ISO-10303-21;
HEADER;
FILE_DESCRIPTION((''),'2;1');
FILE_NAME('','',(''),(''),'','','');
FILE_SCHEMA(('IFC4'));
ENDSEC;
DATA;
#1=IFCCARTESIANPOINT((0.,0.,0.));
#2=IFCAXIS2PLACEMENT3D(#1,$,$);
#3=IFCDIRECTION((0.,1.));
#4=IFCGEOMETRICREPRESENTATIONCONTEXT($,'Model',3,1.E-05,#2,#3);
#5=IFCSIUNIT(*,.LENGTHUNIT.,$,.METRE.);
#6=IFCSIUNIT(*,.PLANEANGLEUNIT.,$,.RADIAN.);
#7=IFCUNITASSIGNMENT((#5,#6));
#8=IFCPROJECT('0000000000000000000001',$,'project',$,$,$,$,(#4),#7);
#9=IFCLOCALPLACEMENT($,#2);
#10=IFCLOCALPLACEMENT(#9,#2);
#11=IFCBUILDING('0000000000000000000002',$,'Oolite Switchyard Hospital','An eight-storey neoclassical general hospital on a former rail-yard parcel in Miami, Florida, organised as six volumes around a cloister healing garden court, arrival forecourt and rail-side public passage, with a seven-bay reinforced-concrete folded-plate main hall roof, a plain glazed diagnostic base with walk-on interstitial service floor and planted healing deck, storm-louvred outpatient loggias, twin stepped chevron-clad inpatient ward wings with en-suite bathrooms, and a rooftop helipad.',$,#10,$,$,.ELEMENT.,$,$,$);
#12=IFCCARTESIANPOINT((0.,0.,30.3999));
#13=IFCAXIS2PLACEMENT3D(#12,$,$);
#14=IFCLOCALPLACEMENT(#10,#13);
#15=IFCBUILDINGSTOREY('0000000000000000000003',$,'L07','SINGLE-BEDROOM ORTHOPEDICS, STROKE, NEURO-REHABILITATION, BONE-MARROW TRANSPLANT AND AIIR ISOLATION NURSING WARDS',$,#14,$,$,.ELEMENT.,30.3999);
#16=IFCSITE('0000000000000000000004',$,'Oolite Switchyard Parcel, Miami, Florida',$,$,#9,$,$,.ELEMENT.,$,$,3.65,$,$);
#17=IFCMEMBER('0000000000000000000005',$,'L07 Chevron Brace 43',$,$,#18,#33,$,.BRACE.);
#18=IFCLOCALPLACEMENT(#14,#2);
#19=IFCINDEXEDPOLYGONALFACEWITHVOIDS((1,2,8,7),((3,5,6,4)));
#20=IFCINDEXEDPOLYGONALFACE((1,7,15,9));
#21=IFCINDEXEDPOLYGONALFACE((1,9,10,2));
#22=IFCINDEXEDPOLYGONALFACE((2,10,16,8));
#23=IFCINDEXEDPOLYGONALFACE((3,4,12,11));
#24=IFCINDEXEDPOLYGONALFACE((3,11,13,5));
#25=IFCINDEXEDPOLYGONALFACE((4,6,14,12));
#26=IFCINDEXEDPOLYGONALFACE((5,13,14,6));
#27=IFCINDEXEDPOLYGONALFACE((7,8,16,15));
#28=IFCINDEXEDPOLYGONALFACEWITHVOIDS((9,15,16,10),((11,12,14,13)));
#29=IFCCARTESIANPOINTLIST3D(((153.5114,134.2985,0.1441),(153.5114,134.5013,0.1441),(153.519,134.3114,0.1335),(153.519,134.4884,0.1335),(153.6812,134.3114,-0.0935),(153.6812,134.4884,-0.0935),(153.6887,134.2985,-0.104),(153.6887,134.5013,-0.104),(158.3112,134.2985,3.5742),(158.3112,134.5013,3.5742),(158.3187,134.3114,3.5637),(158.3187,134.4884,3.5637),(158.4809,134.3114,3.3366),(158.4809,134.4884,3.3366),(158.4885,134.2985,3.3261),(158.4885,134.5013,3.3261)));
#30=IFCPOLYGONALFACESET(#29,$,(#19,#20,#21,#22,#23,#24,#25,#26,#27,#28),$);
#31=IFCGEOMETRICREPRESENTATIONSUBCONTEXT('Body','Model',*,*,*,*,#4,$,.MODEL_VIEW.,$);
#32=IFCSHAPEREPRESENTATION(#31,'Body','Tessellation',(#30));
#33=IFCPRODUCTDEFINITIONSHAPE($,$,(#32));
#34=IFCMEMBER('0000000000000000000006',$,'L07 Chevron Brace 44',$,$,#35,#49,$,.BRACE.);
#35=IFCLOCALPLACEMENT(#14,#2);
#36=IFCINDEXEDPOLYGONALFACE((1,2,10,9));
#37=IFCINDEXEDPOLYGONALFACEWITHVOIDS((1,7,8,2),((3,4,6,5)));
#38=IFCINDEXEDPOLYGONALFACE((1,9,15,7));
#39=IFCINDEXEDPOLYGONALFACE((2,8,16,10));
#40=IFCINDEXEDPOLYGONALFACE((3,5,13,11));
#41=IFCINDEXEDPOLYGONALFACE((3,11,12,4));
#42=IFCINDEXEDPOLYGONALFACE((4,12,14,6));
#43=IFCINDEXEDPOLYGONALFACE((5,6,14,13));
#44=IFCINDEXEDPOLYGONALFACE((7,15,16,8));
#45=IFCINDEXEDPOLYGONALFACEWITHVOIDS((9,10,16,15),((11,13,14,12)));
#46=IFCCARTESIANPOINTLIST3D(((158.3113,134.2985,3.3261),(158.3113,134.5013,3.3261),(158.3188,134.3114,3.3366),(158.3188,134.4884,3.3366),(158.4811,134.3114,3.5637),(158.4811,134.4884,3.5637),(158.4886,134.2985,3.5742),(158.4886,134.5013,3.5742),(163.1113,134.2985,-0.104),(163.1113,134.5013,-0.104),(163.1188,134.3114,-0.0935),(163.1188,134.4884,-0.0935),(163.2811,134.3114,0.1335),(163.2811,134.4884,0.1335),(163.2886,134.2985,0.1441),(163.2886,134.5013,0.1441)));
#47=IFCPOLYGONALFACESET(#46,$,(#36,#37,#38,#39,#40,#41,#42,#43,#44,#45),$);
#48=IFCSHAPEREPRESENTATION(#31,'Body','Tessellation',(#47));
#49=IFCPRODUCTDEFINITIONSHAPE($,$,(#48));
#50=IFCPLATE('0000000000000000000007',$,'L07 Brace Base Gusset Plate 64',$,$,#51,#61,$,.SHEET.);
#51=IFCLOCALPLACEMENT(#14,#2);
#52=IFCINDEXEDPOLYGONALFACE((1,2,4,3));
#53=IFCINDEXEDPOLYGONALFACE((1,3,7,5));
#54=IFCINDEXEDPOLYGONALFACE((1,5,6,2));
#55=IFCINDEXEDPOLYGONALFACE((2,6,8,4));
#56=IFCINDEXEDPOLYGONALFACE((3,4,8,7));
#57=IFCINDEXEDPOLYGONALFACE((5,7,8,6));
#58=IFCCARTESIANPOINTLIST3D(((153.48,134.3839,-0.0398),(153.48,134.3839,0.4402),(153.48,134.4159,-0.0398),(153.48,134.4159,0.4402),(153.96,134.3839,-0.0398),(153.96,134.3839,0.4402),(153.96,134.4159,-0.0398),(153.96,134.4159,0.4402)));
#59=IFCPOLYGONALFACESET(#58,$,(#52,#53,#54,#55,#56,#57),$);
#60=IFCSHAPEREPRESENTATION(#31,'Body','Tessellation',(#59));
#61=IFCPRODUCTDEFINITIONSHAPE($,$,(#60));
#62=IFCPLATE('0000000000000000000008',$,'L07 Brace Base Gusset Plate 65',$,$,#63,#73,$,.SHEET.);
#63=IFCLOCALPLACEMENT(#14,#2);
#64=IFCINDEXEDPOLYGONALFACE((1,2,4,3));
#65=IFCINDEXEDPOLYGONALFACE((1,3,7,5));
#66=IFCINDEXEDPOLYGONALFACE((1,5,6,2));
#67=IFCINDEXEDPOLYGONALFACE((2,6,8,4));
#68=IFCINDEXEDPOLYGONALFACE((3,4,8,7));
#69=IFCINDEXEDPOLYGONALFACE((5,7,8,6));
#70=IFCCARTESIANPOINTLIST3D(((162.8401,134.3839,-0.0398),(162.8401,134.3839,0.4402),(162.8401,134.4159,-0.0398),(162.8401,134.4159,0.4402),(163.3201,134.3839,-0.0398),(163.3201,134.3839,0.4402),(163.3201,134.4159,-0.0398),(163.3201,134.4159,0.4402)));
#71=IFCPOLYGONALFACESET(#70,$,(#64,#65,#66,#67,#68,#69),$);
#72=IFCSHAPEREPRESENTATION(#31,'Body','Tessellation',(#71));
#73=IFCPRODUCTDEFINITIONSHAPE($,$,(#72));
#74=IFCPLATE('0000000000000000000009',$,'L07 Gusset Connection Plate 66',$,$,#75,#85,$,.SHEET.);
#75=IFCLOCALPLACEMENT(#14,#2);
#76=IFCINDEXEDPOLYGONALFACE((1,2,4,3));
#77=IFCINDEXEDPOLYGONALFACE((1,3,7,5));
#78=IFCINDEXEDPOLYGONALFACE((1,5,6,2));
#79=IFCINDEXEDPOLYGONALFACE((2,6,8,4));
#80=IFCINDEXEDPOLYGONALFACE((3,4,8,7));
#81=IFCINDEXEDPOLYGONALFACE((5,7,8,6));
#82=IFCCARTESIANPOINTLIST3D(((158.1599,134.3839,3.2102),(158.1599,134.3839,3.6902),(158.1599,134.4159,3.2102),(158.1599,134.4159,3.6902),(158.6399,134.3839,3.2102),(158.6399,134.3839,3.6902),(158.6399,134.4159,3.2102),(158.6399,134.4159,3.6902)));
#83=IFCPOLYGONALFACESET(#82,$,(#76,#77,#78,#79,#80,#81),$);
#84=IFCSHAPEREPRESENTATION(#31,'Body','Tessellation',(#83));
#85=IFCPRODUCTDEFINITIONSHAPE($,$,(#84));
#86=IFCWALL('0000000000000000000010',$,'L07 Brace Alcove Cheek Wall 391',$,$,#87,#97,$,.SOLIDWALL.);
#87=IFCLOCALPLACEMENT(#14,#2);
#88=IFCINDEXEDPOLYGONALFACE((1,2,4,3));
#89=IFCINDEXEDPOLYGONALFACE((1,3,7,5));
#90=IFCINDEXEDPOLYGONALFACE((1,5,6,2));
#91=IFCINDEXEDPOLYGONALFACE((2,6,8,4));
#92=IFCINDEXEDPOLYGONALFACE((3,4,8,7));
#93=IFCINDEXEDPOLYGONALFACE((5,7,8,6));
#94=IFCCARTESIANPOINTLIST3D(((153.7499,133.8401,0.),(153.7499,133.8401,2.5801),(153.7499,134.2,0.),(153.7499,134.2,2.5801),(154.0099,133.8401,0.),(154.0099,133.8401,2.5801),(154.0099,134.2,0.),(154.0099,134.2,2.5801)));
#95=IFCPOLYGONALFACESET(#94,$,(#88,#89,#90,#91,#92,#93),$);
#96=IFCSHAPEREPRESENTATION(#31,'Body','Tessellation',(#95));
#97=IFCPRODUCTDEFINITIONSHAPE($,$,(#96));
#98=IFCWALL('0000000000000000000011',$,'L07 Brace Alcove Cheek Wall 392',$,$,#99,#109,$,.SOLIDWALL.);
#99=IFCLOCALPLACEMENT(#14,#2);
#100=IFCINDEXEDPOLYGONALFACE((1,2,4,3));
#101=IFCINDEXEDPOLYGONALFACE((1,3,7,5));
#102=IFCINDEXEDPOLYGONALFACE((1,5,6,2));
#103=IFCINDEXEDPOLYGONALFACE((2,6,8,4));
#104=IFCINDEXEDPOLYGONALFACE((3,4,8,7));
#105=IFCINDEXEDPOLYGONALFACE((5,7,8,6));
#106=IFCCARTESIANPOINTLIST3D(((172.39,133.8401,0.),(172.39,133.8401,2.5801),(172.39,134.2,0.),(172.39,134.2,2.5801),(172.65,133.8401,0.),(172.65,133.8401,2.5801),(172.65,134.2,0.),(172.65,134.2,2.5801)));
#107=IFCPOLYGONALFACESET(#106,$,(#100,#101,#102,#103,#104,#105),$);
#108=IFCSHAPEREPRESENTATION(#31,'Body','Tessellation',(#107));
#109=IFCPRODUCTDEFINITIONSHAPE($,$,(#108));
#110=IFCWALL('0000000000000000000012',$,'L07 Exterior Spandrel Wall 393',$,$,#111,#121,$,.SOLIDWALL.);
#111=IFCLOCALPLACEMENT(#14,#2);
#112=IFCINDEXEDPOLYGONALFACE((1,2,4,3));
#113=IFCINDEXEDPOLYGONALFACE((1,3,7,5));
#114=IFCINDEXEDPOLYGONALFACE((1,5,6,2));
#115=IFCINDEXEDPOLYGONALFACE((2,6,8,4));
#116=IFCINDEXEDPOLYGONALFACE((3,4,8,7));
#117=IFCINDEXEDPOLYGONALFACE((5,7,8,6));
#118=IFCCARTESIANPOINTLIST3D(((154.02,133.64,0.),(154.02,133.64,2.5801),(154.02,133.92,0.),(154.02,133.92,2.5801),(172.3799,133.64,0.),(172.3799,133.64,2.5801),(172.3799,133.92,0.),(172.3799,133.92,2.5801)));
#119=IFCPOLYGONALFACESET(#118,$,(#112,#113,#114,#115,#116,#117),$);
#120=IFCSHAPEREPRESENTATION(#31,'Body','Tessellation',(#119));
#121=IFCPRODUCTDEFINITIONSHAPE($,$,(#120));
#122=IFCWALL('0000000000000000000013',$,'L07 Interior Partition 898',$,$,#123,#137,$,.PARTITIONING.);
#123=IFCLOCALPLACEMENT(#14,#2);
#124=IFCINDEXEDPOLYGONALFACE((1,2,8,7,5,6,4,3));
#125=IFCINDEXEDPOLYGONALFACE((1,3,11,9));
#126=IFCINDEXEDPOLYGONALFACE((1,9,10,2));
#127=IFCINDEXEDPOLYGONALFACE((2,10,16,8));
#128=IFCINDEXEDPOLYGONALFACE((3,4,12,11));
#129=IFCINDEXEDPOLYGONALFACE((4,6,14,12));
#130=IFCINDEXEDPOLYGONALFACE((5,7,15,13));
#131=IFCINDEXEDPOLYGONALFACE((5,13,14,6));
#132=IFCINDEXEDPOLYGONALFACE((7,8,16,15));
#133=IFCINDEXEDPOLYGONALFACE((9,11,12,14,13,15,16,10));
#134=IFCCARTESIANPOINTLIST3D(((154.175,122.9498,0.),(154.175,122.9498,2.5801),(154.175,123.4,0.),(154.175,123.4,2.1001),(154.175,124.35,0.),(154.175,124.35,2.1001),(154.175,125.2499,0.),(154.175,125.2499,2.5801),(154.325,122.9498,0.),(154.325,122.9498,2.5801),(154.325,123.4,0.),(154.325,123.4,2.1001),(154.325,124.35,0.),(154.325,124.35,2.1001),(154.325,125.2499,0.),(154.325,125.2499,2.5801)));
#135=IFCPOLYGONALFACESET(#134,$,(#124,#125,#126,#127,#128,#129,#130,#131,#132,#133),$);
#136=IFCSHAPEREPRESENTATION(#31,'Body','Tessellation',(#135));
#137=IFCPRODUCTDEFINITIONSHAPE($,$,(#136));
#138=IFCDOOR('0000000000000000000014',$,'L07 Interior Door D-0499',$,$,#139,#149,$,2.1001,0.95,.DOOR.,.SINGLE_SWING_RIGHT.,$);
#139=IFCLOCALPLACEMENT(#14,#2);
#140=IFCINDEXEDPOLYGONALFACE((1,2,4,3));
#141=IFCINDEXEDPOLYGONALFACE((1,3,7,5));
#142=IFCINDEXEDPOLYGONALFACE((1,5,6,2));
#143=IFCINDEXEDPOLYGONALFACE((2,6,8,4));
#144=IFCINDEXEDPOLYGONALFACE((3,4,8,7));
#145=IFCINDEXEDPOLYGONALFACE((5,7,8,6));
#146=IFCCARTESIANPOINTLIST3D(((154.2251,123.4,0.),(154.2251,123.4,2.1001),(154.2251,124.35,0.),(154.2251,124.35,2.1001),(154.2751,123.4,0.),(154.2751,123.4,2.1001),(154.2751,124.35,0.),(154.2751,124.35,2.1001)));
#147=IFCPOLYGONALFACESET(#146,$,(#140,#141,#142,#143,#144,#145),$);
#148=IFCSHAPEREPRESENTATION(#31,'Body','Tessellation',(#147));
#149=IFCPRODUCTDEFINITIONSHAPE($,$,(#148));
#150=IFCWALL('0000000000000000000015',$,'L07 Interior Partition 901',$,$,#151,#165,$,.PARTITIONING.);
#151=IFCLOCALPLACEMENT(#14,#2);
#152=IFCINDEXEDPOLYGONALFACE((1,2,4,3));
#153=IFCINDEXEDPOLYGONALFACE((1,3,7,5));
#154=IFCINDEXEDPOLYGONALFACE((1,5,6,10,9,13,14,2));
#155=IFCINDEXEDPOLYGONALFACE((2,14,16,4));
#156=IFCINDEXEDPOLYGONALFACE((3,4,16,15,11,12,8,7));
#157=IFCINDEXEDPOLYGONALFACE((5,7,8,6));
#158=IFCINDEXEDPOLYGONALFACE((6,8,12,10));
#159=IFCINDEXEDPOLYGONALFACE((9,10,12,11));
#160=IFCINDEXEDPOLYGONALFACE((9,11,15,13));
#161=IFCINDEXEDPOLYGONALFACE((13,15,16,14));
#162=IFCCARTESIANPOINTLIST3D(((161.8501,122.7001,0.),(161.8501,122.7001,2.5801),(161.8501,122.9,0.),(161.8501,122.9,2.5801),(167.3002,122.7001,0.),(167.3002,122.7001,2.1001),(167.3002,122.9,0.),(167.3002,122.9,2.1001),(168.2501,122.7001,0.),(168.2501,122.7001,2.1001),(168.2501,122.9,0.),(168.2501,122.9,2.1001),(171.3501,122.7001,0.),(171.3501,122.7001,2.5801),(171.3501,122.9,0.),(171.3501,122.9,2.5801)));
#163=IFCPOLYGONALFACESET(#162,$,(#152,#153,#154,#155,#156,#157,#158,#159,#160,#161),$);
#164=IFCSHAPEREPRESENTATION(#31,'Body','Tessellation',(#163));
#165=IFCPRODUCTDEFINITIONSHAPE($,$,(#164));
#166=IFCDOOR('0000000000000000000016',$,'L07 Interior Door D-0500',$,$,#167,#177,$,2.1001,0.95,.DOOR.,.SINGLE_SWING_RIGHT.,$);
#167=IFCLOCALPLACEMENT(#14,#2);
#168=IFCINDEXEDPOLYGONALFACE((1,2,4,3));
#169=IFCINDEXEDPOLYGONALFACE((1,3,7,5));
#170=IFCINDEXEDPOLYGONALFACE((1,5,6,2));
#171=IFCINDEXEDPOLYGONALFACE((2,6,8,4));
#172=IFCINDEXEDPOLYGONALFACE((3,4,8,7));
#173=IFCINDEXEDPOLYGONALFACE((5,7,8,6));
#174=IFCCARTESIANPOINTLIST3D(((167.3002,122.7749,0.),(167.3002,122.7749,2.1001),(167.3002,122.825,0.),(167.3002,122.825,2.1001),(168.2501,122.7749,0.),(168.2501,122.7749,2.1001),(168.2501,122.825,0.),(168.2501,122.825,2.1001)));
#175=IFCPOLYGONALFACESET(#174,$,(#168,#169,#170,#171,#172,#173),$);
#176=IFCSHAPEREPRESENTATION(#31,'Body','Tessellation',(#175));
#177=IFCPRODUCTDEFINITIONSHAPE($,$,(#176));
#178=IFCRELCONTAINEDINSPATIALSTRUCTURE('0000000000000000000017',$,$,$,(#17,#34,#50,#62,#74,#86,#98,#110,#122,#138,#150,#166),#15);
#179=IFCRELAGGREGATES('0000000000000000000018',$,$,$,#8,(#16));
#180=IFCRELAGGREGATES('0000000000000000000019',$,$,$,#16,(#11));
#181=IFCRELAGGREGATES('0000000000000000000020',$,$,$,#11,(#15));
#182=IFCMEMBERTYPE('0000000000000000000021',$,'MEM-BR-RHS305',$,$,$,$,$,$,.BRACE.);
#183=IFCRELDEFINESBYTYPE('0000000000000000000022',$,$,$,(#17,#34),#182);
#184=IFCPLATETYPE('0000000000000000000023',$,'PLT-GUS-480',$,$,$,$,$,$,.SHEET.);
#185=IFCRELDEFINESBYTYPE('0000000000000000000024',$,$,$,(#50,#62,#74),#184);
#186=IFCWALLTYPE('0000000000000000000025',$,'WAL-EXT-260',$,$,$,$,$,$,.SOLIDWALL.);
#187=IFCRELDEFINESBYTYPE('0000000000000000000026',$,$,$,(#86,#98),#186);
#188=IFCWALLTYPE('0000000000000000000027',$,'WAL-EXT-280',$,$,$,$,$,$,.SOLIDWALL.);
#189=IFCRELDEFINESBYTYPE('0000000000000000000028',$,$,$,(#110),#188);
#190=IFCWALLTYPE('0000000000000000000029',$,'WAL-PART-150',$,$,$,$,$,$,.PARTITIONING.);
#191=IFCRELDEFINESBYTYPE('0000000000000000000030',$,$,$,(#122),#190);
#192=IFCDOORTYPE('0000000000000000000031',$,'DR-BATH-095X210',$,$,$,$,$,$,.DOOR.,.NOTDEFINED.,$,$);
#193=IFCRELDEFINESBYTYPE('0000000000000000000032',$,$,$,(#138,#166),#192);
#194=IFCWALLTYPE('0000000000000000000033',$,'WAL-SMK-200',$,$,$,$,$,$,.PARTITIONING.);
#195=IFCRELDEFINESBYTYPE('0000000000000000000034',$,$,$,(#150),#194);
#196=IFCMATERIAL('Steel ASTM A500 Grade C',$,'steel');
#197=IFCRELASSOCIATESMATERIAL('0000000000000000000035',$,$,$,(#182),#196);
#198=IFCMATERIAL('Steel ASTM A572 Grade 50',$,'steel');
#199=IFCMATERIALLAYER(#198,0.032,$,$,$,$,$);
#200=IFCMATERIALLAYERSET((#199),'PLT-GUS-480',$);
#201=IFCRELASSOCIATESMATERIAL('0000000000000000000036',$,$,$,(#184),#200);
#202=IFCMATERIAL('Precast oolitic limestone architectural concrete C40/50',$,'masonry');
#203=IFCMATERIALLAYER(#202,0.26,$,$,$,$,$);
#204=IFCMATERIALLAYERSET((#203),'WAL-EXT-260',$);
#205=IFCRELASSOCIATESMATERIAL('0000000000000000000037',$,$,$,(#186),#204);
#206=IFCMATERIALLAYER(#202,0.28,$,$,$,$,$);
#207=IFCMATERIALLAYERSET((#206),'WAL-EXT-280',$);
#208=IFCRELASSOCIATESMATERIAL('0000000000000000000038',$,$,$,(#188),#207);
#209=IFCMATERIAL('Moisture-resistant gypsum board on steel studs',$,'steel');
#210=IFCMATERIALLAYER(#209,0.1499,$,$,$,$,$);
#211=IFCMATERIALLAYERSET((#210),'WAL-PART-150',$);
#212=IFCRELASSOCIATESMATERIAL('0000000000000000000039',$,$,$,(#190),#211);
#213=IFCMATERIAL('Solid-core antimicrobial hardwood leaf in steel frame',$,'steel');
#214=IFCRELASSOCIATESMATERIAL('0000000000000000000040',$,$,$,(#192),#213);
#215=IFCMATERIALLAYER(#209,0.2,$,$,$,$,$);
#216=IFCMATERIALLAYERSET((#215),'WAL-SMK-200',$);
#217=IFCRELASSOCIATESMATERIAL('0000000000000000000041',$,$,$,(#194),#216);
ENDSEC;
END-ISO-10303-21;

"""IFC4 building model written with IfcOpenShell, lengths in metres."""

from ifc_helpers import new_model, si_unit, direction, frame, frame_2d, origin, origin_2d, place, context, subcontext, project, spatial, rectangle, hollow_rectangle, extrude, material, layer, layer_set, material_profile, profile_set, type_object, element, fill, save


model = new_model("IFC4")

# Units and contexts
model_context = context("Model", 3, precision=1e-05, world=origin(), true_north=direction((0.0, 1.0)))
body_context = subcontext(model_context, "Body", "Model", "MODEL_VIEW")
ifc_project = project(units=[si_unit("LENGTHUNIT", "METRE"), si_unit("PLANEANGLEUNIT", "RADIAN")], contexts=[model_context])

# Site, building, storey
site_placement = place(None, origin())
site = spatial("IfcSite", under=ifc_project, at=site_placement, Name="Oolite Switchyard Parcel, Miami, Florida", CompositionType="ELEMENT", RefElevation=3.65)
building_placement = place(site_placement, origin())
building = spatial("IfcBuilding", under=site, at=building_placement, Name="Oolite Switchyard Hospital", Description="An eight-storey neoclassical general hospital on a former rail-yard parcel in Miami, Florida, organised as six volumes around a cloister healing garden court, arrival forecourt and rail-side public passage, with a seven-bay reinforced-concrete folded-plate main hall roof, a plain glazed diagnostic base with walk-on interstitial service floor and planted healing deck, storm-louvred outpatient loggias, twin stepped chevron-clad inpatient ward wings with en-suite bathrooms, and a rooftop helipad.", CompositionType="ELEMENT")
storey_placement = place(building_placement, frame((0.0, 0.0, 30.3999)))
storey = spatial("IfcBuildingStorey", under=building, at=storey_placement, Name="L07", Description="SINGLE-BEDROOM ORTHOPEDICS, STROKE, NEURO-REHABILITATION, BONE-MARROW TRANSPLANT AND AIIR ISOLATION NURSING WARDS", CompositionType="ELEMENT", Elevation=30.3999)

# Members
ifc_material_1 = material(Name="Steel ASTM A500 Grade C", Category="steel")
ifc_material_profile_1 = material_profile(ifc_material_1, hollow_rectangle(XDim=0.2029, YDim=0.3049, WallThickness=0.0129, at=origin_2d()), Name="HSS305X203X13")
ifc_profile_set_1 = profile_set([ifc_material_profile_1], Name="Steel ASTM A500 Grade C")
member_type = type_object("IfcMemberType", Name="MEM-BR-RHS305", PredefinedType="BRACE", material=ifc_profile_set_1)
member_1_placement = place(storey_placement, frame((153.6001, 134.3999, 0.02), z_axis=(0.813594, 0.0, 0.581434), x_axis=(0.0, 1.0, 0.0)))
element("IfcMember", 1, at=member_1_placement, inside=storey, type_object=member_type, Name="L07 Chevron Brace 43", PredefinedType="BRACE", context=body_context, shape_type="SweptSolid", body=[
    extrude(hollow_rectangle(XDim=0.2029, YDim=0.3049, WallThickness=0.0129, at=origin_2d()), origin(), (0.0, 0.0, 1.0), 5.8994),
])
member_2_placement = place(storey_placement, frame((163.2, 134.3999, 0.02), z_axis=(-0.813608, 0.0, 0.581414), x_axis=(0.0, -1.0, 0.0)))
element("IfcMember", 2, at=member_2_placement, inside=storey, type_object=member_type, Name="L07 Chevron Brace 44", PredefinedType="BRACE", context=body_context, shape_type="SweptSolid", body=[
    extrude(hollow_rectangle(XDim=0.2029, YDim=0.3049, WallThickness=0.0129, at=origin_2d()), origin(), (0.0, 0.0, 1.0), 5.8997),
])

# Plates
ifc_material_2 = material(Name="Steel ASTM A572 Grade 50", Category="steel")
ifc_layer_1 = layer(ifc_material_2, 0.032)
ifc_layer_set_1 = layer_set([ifc_layer_1], Name="PLT-GUS-480")
plate_type = type_object("IfcPlateType", Name="PLT-GUS-480", PredefinedType="SHEET", material=ifc_layer_set_1)
for number, where, z_axis, x_axis, name in (
    (3, (153.72, 134.3999, -0.0398), (0.0, 0.0, 1.0), (1.0, 0.0, 0.0), "L07 Brace Base Gusset Plate 64"),
    (4, (163.0801, 134.3999, -0.0398), (0.0, 0.0, 1.0), (1.0, 0.0, 0.0), "L07 Brace Base Gusset Plate 65"),
    (5, (158.3999, 134.3999, 3.2102), (0.0, 0.0, 1.0), (1.0, 0.0, 0.0), "L07 Gusset Connection Plate 66"),
):
    element("IfcPlate", number, at=place(storey_placement, frame(where, z_axis=z_axis, x_axis=x_axis)), inside=storey, type_object=plate_type, Name=name, PredefinedType="SHEET", context=body_context, shape_type="SweptSolid", body=[
        extrude(rectangle(XDim=0.48, YDim=0.032, at=origin_2d()), origin(), (0.0, 0.0, 1.0), 0.48),
    ])

# Walls
ifc_material_3 = material(Name="Precast oolitic limestone architectural concrete C40/50", Category="masonry")
ifc_layer_2 = layer(ifc_material_3, 0.26)
ifc_layer_set_2 = layer_set([ifc_layer_2], Name="WAL-EXT-260")
wall_type_1 = type_object("IfcWallType", Name="WAL-EXT-260", PredefinedType="SOLIDWALL", material=ifc_layer_set_2)
for number, where, z_axis, x_axis, name in (
    (6, (153.8799, 134.2, 0.0), (0.0, 0.0, 1.0), (0.0, -1.0, 0.0), "L07 Brace Alcove Cheek Wall 391"),
    (7, (172.52, 134.2, 0.0), (0.0, 0.0, 1.0), (0.0, -1.0, 0.0), "L07 Brace Alcove Cheek Wall 392"),
):
    element("IfcWall", number, at=place(storey_placement, frame(where, z_axis=z_axis, x_axis=x_axis)), inside=storey, type_object=wall_type_1, Name=name, PredefinedType="SOLIDWALL", context=body_context, shape_type="SweptSolid", body=[
        extrude(rectangle(XDim=0.3599, YDim=0.26, at=frame_2d((0.1799, 0.0))), origin(), (0.0, 0.0, 1.0), 2.5801),
    ])
ifc_layer_3 = layer(ifc_material_3, 0.28)
ifc_layer_set_3 = layer_set([ifc_layer_3], Name="WAL-EXT-280")
wall_type_2 = type_object("IfcWallType", Name="WAL-EXT-280", PredefinedType="SOLIDWALL", material=ifc_layer_set_3)
wall_1_placement = place(storey_placement, frame((154.02, 133.78, 0.0), z_axis=(0.0, 0.0, 1.0), x_axis=(1.0, 0.0, 0.0)))
element("IfcWall", 8, at=wall_1_placement, inside=storey, type_object=wall_type_2, Name="L07 Exterior Spandrel Wall 393", PredefinedType="SOLIDWALL", context=body_context, shape_type="SweptSolid", body=[
    extrude(rectangle(XDim=18.3599, YDim=0.28, at=frame_2d((9.1799, 0.0))), origin(), (0.0, 0.0, 1.0), 2.5801),
])

# Walls, openings, doors
ifc_material_4 = material(Name="Moisture-resistant gypsum board on steel studs", Category="steel")
ifc_layer_4 = layer(ifc_material_4, 0.1499)
ifc_layer_set_4 = layer_set([ifc_layer_4], Name="WAL-PART-150")
wall_type_3 = type_object("IfcWallType", Name="WAL-PART-150", PredefinedType="PARTITIONING", material=ifc_layer_set_4)
wall_2_placement = place(storey_placement, frame((154.25, 122.95, 0.0), z_axis=(0.0, 0.0, 1.0), x_axis=(0.0, 1.0, 0.0)))
wall_2 = element("IfcWall", 9, at=wall_2_placement, inside=storey, type_object=wall_type_3, Name="L07 Interior Partition 898", PredefinedType="PARTITIONING", context=body_context, shape_type="SweptSolid", body=[
    extrude(rectangle(XDim=2.3, YDim=0.1499, at=frame_2d((1.1499, 0.0))), origin(), (0.0, 0.0, 1.0), 2.5801),
])
opening_1_placement = place(wall_2_placement, frame((0.45, 0.0, 0.0)))
opening_1 = element("IfcOpeningElement", 10, at=opening_1_placement, cuts=wall_2, PredefinedType="OPENING", context=body_context, shape_type="SweptSolid", body=[
    extrude(rectangle(XDim=0.95, YDim=2.1001, at=frame_2d((0.4751, 1.05))), frame((0.0, 0.085, 0.0), z_axis=(0.0, -1.0, 0.0), x_axis=(1.0, 0.0, 0.0)), (0.0, 0.0, 1.0), 0.1699),
])
ifc_material_5 = material(Name="Solid-core antimicrobial hardwood leaf in steel frame", Category="steel")
door_type_1 = type_object("IfcDoorType", Name="DR-BATH-095X210", OperationType="NOTDEFINED", PredefinedType="DOOR", material=ifc_material_5)
door_1_placement = place(opening_1_placement, origin())
door_1 = element("IfcDoor", 11, at=door_1_placement, inside=storey, type_object=door_type_1, Name="L07 Interior Door D-0499", OperationType="SINGLE_SWING_RIGHT", OverallHeight=2.1001, OverallWidth=0.95, PredefinedType="DOOR", context=body_context, shape_type="SweptSolid", body=[
    extrude(rectangle(XDim=0.95, YDim=2.1001, at=frame_2d((0.4751, 1.05))), frame((0.0, 0.0249, 0.0), z_axis=(0.0, -1.0, 0.0), x_axis=(1.0, 0.0, 0.0)), (0.0, 0.0, 1.0), 0.05),
])
fill(opening_1, door_1)
ifc_layer_5 = layer(ifc_material_4, 0.2)
ifc_layer_set_5 = layer_set([ifc_layer_5], Name="WAL-SMK-200")
wall_type_4 = type_object("IfcWallType", Name="WAL-SMK-200", PredefinedType="PARTITIONING", material=ifc_layer_set_5)
wall_3_placement = place(storey_placement, frame((161.8501, 122.8, 0.0), z_axis=(0.0, 0.0, 1.0), x_axis=(1.0, 0.0, 0.0)))
wall_3 = element("IfcWall", 12, at=wall_3_placement, inside=storey, type_object=wall_type_4, Name="L07 Interior Partition 901", PredefinedType="PARTITIONING", context=body_context, shape_type="SweptSolid", body=[
    extrude(rectangle(XDim=9.5, YDim=0.2, at=frame_2d((4.75, 0.0))), origin(), (0.0, 0.0, 1.0), 2.5801),
])
opening_2_placement = place(wall_3_placement, frame((5.45, 0.0, 0.0)))
opening_2 = element("IfcOpeningElement", 13, at=opening_2_placement, cuts=wall_3, PredefinedType="OPENING", context=body_context, shape_type="SweptSolid", body=[
    extrude(rectangle(XDim=0.95, YDim=2.1001, at=frame_2d((0.4751, 1.05))), frame((0.0, 0.1099, 0.0), z_axis=(0.0, -1.0, 0.0), x_axis=(1.0, 0.0, 0.0)), (0.0, 0.0, 1.0), 0.22),
])
door_2_placement = place(opening_2_placement, origin())
door_2 = element("IfcDoor", 14, at=door_2_placement, inside=storey, type_object=door_type_1, Name="L07 Interior Door D-0500", OperationType="SINGLE_SWING_RIGHT", OverallHeight=2.1001, OverallWidth=0.95, PredefinedType="DOOR", context=body_context, shape_type="SweptSolid", body=[
    extrude(rectangle(XDim=0.95, YDim=2.1001, at=frame_2d((0.4751, 1.05))), frame((0.0, 0.0249, 0.0), z_axis=(0.0, -1.0, 0.0), x_axis=(1.0, 0.0, 0.0)), (0.0, 0.0, 1.0), 0.05),
])
fill(opening_2, door_2)

save(model, "model.ifc")
